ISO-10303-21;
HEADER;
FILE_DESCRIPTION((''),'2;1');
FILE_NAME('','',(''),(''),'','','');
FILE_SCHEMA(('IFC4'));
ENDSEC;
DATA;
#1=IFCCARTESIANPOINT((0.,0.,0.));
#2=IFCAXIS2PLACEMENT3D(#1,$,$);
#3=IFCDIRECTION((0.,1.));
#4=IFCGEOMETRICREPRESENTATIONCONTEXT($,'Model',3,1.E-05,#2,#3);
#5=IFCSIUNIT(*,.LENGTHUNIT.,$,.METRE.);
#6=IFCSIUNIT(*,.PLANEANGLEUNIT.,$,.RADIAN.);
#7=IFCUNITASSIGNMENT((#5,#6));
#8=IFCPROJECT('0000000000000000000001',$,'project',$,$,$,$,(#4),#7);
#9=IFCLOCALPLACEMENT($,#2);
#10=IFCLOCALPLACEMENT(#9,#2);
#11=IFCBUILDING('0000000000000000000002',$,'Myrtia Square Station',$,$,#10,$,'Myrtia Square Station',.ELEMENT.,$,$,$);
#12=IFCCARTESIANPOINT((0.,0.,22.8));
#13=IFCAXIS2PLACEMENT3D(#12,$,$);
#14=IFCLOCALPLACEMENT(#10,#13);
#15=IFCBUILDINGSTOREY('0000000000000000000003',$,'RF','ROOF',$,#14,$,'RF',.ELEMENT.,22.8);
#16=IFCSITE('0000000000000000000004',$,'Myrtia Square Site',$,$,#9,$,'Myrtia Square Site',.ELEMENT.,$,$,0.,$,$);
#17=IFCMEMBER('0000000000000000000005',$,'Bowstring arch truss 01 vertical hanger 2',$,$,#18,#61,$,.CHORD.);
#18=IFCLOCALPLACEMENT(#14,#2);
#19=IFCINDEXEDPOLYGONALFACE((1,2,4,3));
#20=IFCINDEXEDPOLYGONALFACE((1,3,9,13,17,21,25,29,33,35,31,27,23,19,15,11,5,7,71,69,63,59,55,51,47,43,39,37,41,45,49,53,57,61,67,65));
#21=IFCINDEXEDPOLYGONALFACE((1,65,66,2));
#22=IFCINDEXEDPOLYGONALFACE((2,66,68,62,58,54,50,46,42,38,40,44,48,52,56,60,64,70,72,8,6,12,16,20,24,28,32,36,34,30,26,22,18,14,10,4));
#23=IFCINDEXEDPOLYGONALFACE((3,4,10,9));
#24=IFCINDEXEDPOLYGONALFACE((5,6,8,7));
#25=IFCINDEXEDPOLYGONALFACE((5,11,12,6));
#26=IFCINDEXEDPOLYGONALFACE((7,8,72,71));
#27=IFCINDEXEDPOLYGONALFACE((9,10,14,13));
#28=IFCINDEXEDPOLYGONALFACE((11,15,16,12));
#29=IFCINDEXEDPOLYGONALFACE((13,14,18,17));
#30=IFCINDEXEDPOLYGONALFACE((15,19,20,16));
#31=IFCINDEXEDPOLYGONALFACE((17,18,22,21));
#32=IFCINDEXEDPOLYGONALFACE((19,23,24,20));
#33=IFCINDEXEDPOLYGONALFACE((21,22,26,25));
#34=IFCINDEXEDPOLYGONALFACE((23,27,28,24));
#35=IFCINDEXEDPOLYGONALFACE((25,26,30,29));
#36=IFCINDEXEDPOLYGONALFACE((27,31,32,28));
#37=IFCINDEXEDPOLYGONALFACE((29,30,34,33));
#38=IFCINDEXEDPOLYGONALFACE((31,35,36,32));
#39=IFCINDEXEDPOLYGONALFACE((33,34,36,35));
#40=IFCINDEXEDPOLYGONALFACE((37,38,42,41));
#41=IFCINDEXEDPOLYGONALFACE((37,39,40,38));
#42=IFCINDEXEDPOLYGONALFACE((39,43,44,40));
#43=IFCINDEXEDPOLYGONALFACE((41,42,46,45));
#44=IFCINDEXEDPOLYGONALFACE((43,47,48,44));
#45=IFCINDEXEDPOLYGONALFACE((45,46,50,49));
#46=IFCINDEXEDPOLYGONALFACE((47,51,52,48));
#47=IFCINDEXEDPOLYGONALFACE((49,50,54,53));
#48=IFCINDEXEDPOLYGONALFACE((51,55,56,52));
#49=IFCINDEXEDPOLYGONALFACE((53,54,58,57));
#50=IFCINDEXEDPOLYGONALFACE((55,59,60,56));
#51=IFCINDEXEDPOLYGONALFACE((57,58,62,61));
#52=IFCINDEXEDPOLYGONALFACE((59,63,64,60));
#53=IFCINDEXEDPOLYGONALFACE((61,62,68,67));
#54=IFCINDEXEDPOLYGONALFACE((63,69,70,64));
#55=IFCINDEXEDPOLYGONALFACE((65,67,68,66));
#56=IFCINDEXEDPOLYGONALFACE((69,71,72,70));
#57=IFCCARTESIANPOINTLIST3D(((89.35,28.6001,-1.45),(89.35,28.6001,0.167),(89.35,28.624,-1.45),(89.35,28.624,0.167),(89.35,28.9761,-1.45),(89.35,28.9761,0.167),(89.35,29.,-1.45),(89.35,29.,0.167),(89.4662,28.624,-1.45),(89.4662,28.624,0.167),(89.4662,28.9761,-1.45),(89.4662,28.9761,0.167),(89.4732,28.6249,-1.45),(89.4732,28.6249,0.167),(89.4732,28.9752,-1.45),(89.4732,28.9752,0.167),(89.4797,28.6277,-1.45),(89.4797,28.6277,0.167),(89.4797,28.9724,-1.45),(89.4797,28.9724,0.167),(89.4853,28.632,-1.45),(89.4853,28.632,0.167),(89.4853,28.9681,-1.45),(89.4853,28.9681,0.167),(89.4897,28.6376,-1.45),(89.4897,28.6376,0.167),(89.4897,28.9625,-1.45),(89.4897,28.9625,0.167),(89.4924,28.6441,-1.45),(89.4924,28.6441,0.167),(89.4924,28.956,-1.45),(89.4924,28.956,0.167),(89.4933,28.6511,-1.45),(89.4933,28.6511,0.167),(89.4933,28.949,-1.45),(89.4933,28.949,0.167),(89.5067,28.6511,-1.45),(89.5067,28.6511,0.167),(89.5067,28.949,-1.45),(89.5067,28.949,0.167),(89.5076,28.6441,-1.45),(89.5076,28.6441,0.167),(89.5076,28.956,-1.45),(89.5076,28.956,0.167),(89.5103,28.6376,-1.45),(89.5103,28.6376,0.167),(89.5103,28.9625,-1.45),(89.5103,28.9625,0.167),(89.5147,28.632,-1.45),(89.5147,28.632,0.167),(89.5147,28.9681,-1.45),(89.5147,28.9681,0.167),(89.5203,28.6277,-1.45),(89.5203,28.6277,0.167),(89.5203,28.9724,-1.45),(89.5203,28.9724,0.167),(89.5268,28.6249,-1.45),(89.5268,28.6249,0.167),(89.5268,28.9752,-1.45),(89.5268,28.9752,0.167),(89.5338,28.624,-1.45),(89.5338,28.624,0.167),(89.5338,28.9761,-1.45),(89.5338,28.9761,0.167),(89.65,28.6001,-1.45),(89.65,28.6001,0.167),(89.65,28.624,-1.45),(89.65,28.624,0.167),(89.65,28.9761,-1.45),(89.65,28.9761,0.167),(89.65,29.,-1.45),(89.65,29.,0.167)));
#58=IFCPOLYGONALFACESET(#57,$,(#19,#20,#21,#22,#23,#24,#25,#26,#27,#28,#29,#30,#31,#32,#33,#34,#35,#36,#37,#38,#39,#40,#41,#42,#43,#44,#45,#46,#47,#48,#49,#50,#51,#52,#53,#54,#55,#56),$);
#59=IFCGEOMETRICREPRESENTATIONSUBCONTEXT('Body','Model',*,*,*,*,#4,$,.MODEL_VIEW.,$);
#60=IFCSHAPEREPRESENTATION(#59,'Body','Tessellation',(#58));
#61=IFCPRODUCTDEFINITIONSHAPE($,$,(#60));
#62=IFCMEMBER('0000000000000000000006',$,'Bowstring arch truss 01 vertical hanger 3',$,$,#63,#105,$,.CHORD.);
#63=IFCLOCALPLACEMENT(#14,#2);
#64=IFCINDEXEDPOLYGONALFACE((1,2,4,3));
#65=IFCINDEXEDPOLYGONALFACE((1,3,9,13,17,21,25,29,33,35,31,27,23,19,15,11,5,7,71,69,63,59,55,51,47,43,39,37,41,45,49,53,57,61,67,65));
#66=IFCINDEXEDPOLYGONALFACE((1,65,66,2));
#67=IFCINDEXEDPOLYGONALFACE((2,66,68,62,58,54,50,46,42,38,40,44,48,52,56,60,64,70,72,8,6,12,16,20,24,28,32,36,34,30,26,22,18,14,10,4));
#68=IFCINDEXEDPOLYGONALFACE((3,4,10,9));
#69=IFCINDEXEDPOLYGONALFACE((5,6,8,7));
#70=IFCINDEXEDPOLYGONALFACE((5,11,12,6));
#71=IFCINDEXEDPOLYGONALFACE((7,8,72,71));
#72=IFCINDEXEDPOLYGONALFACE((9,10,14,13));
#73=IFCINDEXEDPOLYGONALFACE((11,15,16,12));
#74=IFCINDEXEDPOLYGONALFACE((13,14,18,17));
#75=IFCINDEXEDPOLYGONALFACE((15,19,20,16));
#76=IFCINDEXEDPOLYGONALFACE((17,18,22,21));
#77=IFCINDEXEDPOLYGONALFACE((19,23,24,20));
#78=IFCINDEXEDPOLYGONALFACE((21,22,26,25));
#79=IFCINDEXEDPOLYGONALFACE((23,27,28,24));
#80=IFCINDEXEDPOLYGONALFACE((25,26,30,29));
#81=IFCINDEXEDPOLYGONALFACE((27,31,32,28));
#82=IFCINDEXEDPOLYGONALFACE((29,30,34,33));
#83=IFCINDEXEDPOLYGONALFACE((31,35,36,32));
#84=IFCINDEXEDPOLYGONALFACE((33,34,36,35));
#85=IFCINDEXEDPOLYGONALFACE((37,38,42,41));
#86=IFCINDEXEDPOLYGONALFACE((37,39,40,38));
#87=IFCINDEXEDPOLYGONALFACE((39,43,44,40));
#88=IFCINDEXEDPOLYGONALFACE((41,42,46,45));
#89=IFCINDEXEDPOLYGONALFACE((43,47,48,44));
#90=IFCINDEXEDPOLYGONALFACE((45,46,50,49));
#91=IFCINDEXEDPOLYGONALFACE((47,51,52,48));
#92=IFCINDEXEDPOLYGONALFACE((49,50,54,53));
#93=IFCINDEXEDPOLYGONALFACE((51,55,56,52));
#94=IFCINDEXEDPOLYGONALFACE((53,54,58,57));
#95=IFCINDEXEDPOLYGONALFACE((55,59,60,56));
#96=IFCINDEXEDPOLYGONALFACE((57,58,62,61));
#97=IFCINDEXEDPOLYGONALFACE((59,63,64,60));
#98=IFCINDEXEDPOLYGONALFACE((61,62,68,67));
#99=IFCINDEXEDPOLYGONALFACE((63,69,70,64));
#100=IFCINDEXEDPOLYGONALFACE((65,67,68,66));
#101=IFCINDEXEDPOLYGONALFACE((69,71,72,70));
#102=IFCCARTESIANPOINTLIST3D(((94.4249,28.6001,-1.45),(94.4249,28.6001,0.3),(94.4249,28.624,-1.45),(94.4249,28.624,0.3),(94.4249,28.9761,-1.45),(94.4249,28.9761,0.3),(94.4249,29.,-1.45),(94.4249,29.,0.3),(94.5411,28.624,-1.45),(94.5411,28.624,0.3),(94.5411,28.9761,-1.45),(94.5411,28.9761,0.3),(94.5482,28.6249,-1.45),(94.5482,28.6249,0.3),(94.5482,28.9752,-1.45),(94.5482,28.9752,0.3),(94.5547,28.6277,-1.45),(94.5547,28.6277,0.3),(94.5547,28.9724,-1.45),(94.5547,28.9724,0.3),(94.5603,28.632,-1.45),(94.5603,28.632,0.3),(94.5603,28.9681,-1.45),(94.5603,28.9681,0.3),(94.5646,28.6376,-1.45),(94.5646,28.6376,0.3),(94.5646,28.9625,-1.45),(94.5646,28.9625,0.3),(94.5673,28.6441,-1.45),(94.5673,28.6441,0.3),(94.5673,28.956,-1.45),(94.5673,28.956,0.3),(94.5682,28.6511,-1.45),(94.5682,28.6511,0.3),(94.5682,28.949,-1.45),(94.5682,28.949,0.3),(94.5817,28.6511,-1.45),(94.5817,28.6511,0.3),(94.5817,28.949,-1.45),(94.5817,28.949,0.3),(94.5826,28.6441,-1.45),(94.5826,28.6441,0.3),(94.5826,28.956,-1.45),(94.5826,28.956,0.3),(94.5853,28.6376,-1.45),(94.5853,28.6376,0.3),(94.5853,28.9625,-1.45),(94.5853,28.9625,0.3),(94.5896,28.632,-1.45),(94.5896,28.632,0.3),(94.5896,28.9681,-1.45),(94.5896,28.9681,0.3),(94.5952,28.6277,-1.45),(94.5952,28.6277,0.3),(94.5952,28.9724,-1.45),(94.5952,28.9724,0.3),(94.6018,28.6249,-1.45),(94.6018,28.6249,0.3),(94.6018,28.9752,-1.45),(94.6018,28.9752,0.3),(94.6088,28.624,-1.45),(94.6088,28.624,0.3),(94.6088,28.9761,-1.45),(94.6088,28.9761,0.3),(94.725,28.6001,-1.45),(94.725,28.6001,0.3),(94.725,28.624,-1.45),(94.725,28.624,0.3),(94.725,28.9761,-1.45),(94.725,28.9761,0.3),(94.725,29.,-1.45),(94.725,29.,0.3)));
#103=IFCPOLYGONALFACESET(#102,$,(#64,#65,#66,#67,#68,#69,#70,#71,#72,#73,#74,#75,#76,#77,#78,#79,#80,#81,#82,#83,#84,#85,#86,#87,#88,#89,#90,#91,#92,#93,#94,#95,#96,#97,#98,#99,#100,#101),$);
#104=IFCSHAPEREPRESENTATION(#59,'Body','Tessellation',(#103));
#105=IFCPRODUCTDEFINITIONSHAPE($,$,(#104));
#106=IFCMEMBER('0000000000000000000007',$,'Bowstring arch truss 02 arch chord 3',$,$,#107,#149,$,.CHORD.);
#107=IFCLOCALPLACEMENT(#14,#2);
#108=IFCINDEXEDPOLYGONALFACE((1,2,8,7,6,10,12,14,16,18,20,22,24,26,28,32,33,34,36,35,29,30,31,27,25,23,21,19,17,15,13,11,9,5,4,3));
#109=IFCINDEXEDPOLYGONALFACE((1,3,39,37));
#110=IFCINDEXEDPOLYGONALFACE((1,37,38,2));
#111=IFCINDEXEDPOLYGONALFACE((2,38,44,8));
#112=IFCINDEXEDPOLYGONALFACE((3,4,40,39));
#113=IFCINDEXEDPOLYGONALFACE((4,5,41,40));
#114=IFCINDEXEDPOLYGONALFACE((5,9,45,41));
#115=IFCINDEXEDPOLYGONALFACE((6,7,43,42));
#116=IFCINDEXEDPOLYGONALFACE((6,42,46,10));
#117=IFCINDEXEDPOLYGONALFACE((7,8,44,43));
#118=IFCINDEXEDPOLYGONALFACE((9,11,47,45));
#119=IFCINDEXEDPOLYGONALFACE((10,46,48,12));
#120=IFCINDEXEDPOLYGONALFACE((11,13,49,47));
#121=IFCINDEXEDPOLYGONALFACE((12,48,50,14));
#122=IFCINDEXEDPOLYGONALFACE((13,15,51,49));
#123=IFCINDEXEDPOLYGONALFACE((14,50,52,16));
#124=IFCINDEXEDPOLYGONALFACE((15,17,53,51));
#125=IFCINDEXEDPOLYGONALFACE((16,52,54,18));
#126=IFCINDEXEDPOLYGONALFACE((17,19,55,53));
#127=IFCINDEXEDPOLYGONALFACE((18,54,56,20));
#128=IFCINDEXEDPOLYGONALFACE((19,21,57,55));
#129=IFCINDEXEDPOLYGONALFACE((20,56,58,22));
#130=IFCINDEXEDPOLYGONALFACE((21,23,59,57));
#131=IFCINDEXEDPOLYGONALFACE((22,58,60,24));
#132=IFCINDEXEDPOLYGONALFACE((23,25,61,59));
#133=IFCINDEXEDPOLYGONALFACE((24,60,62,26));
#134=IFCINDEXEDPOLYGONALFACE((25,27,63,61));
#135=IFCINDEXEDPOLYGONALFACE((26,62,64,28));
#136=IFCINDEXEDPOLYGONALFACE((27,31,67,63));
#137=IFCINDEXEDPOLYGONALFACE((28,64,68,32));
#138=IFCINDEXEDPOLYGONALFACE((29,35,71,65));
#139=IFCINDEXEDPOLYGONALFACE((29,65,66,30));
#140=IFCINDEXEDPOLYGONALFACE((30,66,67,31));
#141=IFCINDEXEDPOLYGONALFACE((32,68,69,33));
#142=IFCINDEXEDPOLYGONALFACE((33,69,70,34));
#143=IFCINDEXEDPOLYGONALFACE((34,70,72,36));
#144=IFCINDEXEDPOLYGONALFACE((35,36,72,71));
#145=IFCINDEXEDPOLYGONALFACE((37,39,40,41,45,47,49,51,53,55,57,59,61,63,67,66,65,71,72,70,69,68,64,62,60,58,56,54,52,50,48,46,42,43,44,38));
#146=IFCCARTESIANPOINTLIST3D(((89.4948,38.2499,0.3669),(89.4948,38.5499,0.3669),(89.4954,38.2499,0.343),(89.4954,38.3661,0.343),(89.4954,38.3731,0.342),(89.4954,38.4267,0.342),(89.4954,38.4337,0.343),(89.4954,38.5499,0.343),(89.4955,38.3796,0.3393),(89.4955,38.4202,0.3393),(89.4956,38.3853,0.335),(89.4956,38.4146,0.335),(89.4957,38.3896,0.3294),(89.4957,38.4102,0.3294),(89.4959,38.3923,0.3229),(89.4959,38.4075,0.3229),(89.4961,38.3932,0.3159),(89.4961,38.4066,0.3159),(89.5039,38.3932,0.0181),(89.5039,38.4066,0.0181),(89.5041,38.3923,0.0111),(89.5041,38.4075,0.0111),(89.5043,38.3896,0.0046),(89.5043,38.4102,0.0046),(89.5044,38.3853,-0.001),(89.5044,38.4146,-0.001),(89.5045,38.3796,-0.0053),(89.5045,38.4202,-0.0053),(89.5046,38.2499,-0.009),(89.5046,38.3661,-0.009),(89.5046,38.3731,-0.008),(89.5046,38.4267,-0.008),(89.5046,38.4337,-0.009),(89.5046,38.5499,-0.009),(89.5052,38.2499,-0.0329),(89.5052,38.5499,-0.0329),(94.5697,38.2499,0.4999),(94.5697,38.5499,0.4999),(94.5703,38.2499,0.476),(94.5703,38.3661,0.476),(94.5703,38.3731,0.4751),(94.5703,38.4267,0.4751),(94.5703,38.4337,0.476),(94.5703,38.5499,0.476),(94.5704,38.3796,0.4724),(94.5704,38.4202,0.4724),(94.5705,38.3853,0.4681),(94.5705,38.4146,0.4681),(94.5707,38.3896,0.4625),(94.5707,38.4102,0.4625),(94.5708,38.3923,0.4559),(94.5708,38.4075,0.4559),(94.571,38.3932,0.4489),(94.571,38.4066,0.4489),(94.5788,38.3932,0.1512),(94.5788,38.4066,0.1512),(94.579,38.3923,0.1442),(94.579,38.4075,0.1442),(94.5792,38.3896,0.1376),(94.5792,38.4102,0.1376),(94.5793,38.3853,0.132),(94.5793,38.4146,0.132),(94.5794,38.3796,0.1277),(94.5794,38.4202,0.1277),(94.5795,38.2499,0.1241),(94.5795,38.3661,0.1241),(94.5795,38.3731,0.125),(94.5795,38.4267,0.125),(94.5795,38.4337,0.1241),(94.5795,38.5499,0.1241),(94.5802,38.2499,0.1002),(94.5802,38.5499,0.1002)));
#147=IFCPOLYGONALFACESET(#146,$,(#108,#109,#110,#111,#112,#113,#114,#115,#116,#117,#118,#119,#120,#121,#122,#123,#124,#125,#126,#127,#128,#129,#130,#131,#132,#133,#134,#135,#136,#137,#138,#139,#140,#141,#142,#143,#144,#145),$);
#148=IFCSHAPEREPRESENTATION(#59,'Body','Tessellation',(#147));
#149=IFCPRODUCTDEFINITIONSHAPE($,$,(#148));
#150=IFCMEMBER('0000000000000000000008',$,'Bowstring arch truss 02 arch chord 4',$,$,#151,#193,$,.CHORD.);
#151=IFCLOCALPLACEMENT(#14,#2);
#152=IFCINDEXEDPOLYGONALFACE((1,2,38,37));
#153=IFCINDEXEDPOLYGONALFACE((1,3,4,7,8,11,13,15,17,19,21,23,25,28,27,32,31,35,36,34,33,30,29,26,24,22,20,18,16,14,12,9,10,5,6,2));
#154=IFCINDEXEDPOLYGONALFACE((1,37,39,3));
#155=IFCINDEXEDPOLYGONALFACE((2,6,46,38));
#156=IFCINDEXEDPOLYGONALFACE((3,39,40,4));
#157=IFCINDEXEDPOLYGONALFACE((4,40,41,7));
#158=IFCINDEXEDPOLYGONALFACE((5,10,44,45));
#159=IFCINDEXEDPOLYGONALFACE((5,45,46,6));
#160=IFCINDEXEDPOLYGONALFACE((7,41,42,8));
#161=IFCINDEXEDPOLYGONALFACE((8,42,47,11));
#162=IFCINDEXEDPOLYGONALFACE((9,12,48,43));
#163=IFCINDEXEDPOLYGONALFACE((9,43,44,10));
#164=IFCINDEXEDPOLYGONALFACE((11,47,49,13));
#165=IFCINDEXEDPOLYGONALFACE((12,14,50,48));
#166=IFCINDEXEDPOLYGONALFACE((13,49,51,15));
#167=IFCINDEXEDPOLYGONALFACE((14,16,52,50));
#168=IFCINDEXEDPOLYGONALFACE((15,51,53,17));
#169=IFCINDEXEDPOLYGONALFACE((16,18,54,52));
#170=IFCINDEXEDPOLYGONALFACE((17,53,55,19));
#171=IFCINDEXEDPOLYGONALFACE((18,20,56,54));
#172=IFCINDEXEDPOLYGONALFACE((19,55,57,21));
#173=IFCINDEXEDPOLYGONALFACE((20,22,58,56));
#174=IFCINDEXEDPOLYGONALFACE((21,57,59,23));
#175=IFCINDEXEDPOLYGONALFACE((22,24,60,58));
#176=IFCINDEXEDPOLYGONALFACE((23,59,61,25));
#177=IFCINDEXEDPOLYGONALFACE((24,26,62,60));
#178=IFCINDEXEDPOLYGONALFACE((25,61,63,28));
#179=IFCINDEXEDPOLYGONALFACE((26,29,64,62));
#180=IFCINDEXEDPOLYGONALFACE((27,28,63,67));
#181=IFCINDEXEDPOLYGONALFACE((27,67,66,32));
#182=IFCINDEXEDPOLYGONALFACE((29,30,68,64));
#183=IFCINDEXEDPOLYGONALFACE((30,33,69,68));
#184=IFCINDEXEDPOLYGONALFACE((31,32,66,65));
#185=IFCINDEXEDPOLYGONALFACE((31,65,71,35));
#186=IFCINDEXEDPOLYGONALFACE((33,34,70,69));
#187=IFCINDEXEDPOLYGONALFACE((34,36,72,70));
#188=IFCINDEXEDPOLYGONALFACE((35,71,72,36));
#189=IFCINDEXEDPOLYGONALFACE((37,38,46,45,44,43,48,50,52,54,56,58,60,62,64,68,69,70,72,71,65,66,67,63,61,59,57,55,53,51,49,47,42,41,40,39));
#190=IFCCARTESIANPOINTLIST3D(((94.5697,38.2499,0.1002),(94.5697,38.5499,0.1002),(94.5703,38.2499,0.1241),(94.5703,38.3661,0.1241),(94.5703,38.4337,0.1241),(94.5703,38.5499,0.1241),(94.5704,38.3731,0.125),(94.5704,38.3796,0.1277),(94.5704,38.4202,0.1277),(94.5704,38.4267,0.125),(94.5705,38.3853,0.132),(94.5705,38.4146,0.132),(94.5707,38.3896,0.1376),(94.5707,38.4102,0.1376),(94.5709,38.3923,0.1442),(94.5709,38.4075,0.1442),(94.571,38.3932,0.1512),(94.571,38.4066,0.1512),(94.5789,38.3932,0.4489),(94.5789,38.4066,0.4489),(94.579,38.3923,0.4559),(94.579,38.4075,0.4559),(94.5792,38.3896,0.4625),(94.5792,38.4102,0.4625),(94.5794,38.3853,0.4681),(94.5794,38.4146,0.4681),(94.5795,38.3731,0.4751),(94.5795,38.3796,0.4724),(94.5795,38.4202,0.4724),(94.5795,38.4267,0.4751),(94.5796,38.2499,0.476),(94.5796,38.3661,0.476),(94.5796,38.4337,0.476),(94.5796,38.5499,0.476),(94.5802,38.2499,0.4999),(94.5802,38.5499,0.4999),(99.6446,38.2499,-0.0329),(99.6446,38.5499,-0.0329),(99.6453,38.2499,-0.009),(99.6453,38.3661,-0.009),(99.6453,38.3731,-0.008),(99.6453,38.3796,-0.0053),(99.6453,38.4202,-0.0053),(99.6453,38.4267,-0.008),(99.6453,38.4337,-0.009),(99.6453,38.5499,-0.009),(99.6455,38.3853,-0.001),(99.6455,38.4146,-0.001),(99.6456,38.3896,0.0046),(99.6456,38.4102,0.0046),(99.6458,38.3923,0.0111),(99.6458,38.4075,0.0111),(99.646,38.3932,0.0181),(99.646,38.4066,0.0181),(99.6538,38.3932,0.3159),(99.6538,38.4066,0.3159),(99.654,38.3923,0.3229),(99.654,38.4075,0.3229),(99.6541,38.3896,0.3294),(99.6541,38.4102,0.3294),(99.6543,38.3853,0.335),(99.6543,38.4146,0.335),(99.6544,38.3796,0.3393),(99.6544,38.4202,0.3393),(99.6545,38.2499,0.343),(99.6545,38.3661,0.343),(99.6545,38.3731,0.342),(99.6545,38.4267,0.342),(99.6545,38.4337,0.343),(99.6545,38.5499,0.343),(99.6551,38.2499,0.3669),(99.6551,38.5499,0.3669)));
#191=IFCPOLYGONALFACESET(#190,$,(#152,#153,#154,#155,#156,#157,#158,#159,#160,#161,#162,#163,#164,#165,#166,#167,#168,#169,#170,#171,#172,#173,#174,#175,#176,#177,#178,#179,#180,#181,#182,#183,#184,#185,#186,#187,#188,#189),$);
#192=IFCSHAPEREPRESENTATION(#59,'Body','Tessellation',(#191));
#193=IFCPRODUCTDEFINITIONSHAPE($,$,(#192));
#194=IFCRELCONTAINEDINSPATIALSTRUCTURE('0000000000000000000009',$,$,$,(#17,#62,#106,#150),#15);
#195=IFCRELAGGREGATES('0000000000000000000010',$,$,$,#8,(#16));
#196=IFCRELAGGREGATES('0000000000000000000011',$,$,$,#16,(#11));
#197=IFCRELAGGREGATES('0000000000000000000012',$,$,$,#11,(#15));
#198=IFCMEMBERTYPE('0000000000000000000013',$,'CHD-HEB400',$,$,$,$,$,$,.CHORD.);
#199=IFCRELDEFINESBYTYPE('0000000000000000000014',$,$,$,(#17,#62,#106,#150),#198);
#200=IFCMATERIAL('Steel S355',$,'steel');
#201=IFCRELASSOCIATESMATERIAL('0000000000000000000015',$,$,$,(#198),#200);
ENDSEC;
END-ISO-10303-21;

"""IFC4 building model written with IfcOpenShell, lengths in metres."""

from ifc_helpers import new_model, si_unit, direction, frame, origin, origin_2d, place, context, subcontext, project, spatial, i_section, extrude, material, material_profile, profile_set, type_object, element, save


model = new_model("IFC4")

# Units and contexts
model_context = context("Model", 3, precision=1e-05, world=origin(), true_north=direction((0.0, 1.0)))
body_context = subcontext(model_context, "Body", "Model", "MODEL_VIEW")
ifc_project = project(units=[si_unit("LENGTHUNIT", "METRE"), si_unit("PLANEANGLEUNIT", "RADIAN")], contexts=[model_context])

# Site, building, storey
site_placement = place(None, origin())
site = spatial("IfcSite", under=ifc_project, at=site_placement, Name="Myrtia Square Site", LongName="Myrtia Square Site", CompositionType="ELEMENT", RefElevation=0.0)
building_placement = place(site_placement, origin())
building = spatial("IfcBuilding", under=site, at=building_placement, Name="Myrtia Square Station", LongName="Myrtia Square Station", CompositionType="ELEMENT")
storey_placement = place(building_placement, frame((0.0, 0.0, 22.8)))
storey = spatial("IfcBuildingStorey", under=building, at=storey_placement, Name="RF", Description="ROOF", LongName="RF", CompositionType="ELEMENT", Elevation=22.8)

# Members
ifc_material_1 = material(Name="Steel S355", Category="steel")
ifc_material_profile_1 = material_profile(ifc_material_1, i_section(OverallWidth=0.3, OverallDepth=0.3999, WebThickness=0.0134, FlangeThickness=0.0239, FilletRadius=0.0271, at=origin_2d()), Name="HEB 400")
ifc_profile_set_1 = profile_set([ifc_material_profile_1], Name="Steel S355")
member_type_1 = type_object("IfcMemberType", Name="CHD-HEB400", PredefinedType="CHORD", material=ifc_profile_set_1)
member_1_placement = place(storey_placement, frame((89.5, 28.8, -1.45), z_axis=(0.0, 0.0, 1.0), x_axis=(1.0, 0.0, 0.0)))
element("IfcMember", 1, at=member_1_placement, inside=storey, type_object=member_type_1, Name="Bowstring arch truss 01 vertical hanger 2", PredefinedType="CHORD", context=body_context, shape_type="SweptSolid", body=[
    extrude(i_section(OverallWidth=0.3, OverallDepth=0.3999, WebThickness=0.0134, FlangeThickness=0.0239, FilletRadius=0.0271, at=origin_2d()), origin(), (0.0, 0.0, 1.0), 1.6169),
])
member_2_placement = place(storey_placement, frame((94.575, 28.8, -1.45), z_axis=(0.0, 0.0, 1.0), x_axis=(1.0, 0.0, 0.0)))
element("IfcMember", 2, at=member_2_placement, inside=storey, type_object=member_type_1, Name="Bowstring arch truss 01 vertical hanger 3", PredefinedType="CHORD", context=body_context, shape_type="SweptSolid", body=[
    extrude(i_section(OverallWidth=0.3, OverallDepth=0.3999, WebThickness=0.0134, FlangeThickness=0.0239, FilletRadius=0.0271, at=origin_2d()), origin(), (0.0, 0.0, 1.0), 1.75),
])
for number, where, z_axis, x_axis, name in (
    (3, (89.5, 38.3999, 0.167), (0.999656, 0.0, 0.026209), (0.0, 1.0, 0.0), "Bowstring arch truss 02 arch chord 3"),
    (4, (94.575, 38.3999, 0.3), (0.999656, 0.0, -0.026209), (0.0, 1.0, 0.0), "Bowstring arch truss 02 arch chord 4"),
):
    element("IfcMember", number, at=place(storey_placement, frame(where, z_axis=z_axis, x_axis=x_axis)), inside=storey, type_object=member_type_1, Name=name, PredefinedType="CHORD", context=body_context, shape_type="SweptSolid", body=[
        extrude(i_section(OverallWidth=0.3, OverallDepth=0.3999, WebThickness=0.0134, FlangeThickness=0.0239, FilletRadius=0.0271, at=origin_2d()), origin(), (0.0, 0.0, 1.0), 5.0767),
    ])

save(model, "model.ifc")
